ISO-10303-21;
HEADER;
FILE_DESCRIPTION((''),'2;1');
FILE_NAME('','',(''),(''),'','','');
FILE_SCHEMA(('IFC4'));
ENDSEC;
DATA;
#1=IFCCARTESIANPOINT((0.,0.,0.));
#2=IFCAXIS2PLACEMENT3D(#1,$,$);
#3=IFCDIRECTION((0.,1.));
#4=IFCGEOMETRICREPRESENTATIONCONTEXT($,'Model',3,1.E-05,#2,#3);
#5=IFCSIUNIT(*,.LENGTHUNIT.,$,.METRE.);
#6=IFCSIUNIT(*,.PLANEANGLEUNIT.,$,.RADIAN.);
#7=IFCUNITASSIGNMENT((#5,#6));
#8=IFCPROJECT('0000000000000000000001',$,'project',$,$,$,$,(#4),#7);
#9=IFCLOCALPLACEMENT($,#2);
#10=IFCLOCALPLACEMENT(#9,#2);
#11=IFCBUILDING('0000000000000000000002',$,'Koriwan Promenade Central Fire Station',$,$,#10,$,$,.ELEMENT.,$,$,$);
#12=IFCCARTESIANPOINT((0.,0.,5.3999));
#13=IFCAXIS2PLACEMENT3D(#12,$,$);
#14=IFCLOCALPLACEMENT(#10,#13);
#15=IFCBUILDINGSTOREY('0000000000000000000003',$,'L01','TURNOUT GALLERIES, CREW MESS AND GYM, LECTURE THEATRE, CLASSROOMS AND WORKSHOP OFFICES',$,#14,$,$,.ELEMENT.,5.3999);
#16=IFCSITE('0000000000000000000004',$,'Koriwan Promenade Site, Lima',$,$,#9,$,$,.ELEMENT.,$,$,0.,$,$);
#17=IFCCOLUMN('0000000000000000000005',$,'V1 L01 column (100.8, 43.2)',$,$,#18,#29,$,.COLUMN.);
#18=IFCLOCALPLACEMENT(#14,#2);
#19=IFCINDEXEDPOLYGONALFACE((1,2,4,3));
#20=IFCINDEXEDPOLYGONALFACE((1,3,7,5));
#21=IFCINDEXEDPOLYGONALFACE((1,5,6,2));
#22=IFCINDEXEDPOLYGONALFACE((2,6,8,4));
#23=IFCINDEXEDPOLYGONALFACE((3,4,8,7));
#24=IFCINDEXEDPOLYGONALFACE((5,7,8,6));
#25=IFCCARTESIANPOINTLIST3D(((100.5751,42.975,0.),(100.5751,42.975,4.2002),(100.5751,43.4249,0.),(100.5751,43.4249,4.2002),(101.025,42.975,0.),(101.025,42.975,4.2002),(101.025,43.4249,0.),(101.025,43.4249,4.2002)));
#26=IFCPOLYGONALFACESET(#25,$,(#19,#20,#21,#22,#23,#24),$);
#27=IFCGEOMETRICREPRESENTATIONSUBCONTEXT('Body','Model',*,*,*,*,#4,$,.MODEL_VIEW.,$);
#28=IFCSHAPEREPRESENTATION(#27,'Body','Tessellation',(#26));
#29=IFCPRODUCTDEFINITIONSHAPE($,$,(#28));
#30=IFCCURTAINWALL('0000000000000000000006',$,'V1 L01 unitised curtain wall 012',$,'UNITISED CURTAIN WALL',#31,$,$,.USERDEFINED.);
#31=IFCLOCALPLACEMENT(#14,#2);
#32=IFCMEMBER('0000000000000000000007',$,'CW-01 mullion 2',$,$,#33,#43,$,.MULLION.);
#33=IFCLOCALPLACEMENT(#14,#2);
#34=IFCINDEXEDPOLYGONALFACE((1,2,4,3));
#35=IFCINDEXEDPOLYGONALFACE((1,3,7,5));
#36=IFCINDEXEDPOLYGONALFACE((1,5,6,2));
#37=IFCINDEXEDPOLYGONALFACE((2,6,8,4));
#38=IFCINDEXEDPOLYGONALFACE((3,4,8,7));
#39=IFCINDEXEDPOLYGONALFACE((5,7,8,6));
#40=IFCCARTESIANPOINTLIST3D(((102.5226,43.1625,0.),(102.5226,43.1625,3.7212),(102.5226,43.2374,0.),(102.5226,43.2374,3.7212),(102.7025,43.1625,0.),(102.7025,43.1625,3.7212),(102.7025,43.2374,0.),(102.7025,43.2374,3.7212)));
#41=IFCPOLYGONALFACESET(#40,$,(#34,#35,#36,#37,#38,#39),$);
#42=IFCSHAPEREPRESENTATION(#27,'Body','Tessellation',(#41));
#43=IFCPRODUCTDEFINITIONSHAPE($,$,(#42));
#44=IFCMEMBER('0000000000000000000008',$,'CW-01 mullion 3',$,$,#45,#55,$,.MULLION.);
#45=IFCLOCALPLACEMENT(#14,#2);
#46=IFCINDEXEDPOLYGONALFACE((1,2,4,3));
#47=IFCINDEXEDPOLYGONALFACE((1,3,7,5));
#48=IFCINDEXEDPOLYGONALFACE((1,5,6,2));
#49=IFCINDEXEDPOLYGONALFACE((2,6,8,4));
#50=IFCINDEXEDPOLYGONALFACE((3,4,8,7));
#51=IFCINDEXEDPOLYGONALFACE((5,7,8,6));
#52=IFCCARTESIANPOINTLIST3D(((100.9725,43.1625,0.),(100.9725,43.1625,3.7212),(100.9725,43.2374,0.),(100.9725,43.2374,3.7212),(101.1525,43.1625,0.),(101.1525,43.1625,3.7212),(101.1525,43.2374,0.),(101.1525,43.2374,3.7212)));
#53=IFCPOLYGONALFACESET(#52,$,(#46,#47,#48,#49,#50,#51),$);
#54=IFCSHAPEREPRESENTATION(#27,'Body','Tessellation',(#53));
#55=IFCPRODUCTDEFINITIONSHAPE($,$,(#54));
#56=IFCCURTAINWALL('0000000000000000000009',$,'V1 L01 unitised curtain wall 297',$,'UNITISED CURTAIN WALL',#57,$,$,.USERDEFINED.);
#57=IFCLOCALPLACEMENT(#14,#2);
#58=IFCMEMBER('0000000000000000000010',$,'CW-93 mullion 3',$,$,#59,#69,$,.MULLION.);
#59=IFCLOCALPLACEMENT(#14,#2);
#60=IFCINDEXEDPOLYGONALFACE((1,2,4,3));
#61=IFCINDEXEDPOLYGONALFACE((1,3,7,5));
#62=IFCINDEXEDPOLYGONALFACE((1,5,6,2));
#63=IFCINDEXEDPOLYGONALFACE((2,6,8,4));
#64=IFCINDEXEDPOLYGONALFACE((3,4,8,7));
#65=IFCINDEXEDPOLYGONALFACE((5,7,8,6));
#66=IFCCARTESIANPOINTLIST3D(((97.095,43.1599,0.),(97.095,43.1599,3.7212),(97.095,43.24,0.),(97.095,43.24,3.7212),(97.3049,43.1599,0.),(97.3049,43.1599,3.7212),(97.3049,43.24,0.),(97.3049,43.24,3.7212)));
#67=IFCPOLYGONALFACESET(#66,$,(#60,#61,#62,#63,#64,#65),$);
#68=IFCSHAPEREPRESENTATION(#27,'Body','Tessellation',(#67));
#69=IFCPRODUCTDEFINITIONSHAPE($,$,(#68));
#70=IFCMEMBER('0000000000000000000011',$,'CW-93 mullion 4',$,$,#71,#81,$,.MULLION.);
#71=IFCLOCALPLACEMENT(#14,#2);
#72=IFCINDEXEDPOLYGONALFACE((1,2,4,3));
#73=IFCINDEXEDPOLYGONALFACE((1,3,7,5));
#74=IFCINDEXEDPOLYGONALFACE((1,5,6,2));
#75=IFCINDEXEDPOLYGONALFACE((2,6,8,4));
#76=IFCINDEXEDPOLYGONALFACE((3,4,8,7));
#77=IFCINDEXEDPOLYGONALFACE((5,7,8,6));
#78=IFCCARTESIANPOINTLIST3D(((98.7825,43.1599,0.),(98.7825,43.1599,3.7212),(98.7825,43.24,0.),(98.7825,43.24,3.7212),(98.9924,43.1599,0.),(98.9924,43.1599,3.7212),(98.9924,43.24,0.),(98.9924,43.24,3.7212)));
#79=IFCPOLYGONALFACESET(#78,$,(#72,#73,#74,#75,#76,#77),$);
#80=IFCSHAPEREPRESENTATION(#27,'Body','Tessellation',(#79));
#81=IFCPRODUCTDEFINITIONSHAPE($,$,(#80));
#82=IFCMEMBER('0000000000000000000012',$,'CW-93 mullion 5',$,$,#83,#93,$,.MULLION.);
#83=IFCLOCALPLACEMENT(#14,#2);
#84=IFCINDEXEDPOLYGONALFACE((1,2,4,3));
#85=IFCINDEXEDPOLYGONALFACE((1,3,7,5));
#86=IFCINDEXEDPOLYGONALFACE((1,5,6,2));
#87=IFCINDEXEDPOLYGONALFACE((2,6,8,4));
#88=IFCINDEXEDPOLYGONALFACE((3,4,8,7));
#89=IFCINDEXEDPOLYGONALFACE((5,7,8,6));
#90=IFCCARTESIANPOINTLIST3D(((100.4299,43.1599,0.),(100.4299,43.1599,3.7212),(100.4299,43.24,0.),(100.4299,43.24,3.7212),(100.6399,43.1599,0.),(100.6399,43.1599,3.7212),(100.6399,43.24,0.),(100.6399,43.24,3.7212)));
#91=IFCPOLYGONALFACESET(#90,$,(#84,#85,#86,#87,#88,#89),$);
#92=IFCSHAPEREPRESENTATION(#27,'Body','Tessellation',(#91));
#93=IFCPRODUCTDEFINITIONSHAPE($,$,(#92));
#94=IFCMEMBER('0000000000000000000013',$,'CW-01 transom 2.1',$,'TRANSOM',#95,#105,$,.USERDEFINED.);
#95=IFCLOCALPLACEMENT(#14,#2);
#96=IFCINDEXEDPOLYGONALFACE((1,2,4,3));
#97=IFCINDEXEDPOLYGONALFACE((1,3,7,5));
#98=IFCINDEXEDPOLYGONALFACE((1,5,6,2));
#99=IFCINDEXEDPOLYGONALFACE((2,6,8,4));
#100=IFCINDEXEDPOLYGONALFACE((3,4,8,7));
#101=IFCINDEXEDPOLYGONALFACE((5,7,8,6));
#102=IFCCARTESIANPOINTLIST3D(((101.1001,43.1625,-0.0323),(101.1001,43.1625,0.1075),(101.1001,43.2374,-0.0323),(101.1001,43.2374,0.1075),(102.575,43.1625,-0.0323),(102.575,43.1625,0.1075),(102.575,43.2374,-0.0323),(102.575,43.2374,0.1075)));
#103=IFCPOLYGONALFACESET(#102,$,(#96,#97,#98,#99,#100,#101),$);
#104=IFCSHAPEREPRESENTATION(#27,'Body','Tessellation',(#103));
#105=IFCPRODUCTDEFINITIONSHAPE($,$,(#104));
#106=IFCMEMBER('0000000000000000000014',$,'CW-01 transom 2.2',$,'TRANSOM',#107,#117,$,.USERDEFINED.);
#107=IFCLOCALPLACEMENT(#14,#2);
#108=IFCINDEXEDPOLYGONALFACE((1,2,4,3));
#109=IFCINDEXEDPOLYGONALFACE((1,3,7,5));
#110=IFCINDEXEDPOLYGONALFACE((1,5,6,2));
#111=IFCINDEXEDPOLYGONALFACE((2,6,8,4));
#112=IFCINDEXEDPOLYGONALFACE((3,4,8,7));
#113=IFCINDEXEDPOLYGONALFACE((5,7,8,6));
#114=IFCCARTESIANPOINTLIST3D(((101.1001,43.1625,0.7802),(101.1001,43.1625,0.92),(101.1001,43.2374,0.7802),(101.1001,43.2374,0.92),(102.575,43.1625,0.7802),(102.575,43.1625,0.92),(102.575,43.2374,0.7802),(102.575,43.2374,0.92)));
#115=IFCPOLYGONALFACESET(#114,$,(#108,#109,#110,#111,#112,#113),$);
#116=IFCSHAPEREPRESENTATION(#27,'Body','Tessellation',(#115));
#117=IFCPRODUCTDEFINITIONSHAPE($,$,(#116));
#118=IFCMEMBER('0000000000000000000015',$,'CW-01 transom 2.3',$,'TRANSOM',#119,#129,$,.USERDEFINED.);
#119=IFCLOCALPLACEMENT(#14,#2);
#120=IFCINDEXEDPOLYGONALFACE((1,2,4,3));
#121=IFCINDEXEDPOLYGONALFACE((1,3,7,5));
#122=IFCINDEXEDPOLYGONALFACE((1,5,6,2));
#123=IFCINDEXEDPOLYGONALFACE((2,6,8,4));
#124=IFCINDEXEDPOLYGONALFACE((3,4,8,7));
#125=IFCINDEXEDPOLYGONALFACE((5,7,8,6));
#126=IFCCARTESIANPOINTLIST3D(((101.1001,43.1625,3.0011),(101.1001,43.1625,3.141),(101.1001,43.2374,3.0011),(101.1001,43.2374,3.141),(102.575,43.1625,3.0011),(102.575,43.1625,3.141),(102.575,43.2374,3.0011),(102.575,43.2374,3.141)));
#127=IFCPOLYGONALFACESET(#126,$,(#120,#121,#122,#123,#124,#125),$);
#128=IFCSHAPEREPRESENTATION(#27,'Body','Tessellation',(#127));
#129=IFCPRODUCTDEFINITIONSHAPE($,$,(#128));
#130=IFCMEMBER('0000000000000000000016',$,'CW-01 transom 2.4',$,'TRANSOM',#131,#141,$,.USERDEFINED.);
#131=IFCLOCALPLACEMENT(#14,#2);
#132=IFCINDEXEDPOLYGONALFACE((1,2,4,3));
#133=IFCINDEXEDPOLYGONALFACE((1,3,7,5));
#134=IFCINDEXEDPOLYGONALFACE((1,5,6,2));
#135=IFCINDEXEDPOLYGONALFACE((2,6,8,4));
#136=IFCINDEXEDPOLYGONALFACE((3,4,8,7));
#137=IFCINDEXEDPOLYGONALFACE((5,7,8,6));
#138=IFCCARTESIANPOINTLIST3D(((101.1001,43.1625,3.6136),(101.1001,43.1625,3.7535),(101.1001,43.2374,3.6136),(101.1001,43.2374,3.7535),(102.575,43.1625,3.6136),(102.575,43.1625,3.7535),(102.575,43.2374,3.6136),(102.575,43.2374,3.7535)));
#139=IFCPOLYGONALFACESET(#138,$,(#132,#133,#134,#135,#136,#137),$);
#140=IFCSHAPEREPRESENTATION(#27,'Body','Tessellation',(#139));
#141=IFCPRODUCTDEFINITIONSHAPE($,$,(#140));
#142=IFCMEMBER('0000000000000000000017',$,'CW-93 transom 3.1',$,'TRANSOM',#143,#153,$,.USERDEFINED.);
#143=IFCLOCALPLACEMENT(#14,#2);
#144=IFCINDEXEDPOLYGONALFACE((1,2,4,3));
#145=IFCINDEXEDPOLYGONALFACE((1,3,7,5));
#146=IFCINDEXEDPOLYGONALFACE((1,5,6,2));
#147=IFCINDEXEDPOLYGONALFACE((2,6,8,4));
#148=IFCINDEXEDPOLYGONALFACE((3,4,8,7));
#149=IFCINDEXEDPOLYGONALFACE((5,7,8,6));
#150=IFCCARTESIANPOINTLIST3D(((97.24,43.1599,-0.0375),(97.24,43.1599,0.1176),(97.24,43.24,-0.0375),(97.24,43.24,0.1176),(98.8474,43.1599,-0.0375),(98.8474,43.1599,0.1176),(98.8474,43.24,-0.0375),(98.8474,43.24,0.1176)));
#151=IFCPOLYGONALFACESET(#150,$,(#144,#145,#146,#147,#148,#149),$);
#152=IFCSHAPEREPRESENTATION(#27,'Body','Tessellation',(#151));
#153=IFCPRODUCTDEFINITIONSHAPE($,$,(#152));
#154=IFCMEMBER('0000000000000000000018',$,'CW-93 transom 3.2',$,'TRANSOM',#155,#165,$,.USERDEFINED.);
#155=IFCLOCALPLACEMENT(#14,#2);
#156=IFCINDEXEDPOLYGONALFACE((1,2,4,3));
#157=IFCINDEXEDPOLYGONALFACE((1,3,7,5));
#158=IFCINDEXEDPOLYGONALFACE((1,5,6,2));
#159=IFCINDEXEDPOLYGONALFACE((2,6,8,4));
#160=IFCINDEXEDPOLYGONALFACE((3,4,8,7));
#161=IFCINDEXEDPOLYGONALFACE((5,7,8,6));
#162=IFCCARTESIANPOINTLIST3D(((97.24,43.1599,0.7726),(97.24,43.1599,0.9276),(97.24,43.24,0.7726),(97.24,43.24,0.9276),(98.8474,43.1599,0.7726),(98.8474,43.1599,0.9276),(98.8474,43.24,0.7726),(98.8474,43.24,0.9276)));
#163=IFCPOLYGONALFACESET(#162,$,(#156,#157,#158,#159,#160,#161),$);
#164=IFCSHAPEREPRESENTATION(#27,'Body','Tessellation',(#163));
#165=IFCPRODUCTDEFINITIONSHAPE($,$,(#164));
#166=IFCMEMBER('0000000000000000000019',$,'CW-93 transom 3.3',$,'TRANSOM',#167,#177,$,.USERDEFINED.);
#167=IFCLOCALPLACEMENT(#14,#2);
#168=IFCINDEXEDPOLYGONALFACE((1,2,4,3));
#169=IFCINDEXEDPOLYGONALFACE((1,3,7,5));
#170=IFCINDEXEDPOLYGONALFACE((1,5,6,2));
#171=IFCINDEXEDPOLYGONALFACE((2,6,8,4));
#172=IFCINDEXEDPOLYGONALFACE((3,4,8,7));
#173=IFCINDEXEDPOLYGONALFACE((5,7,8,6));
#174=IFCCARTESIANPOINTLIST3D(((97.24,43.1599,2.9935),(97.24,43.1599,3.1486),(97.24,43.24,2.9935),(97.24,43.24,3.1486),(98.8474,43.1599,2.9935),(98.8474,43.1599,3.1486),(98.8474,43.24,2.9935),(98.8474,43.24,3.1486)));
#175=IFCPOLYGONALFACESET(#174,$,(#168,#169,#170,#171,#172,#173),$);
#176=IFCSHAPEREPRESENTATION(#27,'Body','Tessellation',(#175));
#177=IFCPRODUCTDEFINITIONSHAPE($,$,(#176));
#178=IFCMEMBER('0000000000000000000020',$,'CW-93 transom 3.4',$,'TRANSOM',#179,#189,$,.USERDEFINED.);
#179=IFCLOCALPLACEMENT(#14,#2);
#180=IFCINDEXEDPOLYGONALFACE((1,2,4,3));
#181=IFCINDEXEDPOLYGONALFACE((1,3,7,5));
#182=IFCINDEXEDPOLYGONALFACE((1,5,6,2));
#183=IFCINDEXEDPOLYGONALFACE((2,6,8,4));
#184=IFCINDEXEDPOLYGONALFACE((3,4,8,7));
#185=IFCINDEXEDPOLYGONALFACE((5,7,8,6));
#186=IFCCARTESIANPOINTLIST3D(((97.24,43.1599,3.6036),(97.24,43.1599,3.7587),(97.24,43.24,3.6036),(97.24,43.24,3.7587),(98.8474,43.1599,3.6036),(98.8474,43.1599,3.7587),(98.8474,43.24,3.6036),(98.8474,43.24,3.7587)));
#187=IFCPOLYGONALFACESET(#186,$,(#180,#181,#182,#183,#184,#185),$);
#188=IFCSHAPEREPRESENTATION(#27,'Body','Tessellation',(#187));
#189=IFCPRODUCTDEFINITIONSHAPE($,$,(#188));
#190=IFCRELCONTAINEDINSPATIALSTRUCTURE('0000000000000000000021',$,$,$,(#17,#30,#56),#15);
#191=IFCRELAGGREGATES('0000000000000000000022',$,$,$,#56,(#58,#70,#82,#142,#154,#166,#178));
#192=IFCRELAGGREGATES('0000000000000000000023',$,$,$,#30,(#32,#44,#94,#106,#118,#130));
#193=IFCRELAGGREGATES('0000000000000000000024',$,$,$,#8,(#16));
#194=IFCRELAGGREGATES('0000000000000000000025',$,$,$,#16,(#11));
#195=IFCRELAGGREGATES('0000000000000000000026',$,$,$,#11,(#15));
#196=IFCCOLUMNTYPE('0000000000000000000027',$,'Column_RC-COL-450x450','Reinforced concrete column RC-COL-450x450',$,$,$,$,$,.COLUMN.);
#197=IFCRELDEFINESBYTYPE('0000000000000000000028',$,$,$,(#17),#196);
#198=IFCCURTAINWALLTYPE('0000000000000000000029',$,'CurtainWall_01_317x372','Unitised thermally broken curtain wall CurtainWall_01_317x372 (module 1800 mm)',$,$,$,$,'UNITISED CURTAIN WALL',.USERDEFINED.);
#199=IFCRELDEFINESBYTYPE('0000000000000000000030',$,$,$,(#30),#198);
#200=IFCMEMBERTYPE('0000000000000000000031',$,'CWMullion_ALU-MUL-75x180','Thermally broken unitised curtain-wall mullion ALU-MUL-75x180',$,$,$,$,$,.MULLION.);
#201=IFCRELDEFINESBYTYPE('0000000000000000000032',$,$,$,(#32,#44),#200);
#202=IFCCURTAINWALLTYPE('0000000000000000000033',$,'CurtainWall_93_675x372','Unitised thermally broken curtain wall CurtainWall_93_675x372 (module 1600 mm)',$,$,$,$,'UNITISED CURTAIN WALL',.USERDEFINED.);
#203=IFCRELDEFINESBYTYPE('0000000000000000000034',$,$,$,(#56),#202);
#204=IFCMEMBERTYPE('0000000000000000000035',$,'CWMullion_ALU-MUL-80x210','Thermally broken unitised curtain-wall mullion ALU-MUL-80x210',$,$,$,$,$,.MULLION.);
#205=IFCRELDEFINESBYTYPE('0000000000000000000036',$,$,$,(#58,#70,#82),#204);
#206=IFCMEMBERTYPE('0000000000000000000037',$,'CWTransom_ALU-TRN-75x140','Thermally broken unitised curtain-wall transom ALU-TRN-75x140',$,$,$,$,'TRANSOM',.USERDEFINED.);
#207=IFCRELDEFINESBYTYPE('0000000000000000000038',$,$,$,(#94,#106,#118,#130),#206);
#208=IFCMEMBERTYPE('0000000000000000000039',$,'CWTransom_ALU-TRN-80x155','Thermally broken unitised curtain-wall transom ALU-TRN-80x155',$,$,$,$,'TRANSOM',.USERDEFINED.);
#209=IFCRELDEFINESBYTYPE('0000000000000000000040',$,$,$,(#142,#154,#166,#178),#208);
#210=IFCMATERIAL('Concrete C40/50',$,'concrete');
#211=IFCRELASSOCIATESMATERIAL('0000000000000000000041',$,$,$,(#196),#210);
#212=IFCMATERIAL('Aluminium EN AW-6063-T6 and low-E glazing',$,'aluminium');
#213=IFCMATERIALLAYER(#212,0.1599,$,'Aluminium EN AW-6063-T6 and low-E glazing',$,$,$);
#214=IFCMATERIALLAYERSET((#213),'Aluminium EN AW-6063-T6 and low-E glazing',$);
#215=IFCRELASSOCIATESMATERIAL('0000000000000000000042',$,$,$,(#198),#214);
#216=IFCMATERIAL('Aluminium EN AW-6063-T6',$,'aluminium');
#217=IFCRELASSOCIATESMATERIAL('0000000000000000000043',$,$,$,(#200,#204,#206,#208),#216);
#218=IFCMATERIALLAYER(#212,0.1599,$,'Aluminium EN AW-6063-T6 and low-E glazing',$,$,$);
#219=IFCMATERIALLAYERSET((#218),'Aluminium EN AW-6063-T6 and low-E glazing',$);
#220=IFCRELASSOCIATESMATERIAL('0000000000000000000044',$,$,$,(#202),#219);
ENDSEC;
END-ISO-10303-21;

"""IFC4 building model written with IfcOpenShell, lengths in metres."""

from ifc_helpers import new_model, si_unit, direction, frame, origin, origin_2d, place, context, subcontext, project, spatial, rectangle, extrude, material, layer, layer_set, material_profile, profile_set, type_object, element, aggregate, save


model = new_model("IFC4")

# Units and contexts
model_context = context("Model", 3, precision=1e-05, world=origin(), true_north=direction((0.0, 1.0)))
body_context = subcontext(model_context, "Body", "Model", "MODEL_VIEW")
ifc_project = project(units=[si_unit("LENGTHUNIT", "METRE"), si_unit("PLANEANGLEUNIT", "RADIAN")], contexts=[model_context])

# Site, building, storey
site_placement = place(None, origin())
site = spatial("IfcSite", under=ifc_project, at=site_placement, Name="Koriwan Promenade Site, Lima", CompositionType="ELEMENT", RefElevation=0.0)
building_placement = place(site_placement, origin())
building = spatial("IfcBuilding", under=site, at=building_placement, Name="Koriwan Promenade Central Fire Station", CompositionType="ELEMENT")
storey_placement = place(building_placement, frame((0.0, 0.0, 5.3999)))
storey = spatial("IfcBuildingStorey", under=building, at=storey_placement, Name="L01", Description="TURNOUT GALLERIES, CREW MESS AND GYM, LECTURE THEATRE, CLASSROOMS AND WORKSHOP OFFICES", CompositionType="ELEMENT", Elevation=5.3999)

# Column
ifc_material_1 = material(Name="Concrete C40/50", Category="concrete")
ifc_material_profile_1 = material_profile(ifc_material_1, rectangle(XDim=0.45, YDim=0.45, at=origin_2d()), Name="RC-COL-450x450")
ifc_profile_set_1 = profile_set([ifc_material_profile_1], Name="Concrete C40/50")
column_type = type_object("IfcColumnType", Name="Column_RC-COL-450x450", Description="Reinforced concrete column RC-COL-450x450", PredefinedType="COLUMN", material=ifc_profile_set_1)
column_placement = place(storey_placement, frame((100.8, 43.2, 0.0), z_axis=(0.0, 0.0, 1.0), x_axis=(1.0, 0.0, 0.0)))
element("IfcColumn", 1, at=column_placement, inside=storey, type_object=column_type, Name="V1 L01 column (100.8, 43.2)", PredefinedType="COLUMN", context=body_context, shape_type="SweptSolid", body=[
    extrude(rectangle(XDim=0.45, YDim=0.45, at=origin_2d()), origin(), (0.0, 0.0, 1.0), 4.2002),
])

# Curtain walls, members
ifc_material_2 = material(Name="Aluminium EN AW-6063-T6 and low-E glazing", Category="aluminium")
ifc_layer_1 = layer(ifc_material_2, 0.1599, Name="Aluminium EN AW-6063-T6 and low-E glazing")
ifc_layer_set_1 = layer_set([ifc_layer_1], Name="Aluminium EN AW-6063-T6 and low-E glazing")
curtain_wall_type_1 = type_object("IfcCurtainWallType", Name="CurtainWall_01_317x372", Description="Unitised thermally broken curtain wall CurtainWall_01_317x372 (module 1800 mm)", ElementType="UNITISED CURTAIN WALL", PredefinedType="USERDEFINED", material=ifc_layer_set_1)
curtain_wall_1_placement = place(storey_placement, origin())
curtain_wall_1 = element("IfcCurtainWall", 2, at=curtain_wall_1_placement, inside=storey, type_object=curtain_wall_type_1, Name="V1 L01 unitised curtain wall 012", ObjectType="UNITISED CURTAIN WALL", PredefinedType="USERDEFINED")
ifc_material_3 = material(Name="Aluminium EN AW-6063-T6", Category="aluminium")
ifc_material_profile_2 = material_profile(ifc_material_3, rectangle(XDim=0.075, YDim=0.1799, at=origin_2d()), Name="ALU-MUL-75x180")
ifc_profile_set_2 = profile_set([ifc_material_profile_2], Name="Aluminium EN AW-6063-T6")
member_type_1 = type_object("IfcMemberType", Name="CWMullion_ALU-MUL-75x180", Description="Thermally broken unitised curtain-wall mullion ALU-MUL-75x180", PredefinedType="MULLION", material=ifc_profile_set_2)
member_1_placement = place(storey_placement, frame((102.6125, 43.2, 0.0), z_axis=(0.0, 0.0, 1.0), x_axis=(0.0, -1.0, 0.0)))
member_1 = element("IfcMember", 3, at=member_1_placement, type_object=member_type_1, Name="CW-01 mullion 2", PredefinedType="MULLION", context=body_context, shape_type="SweptSolid", body=[
    extrude(rectangle(XDim=0.075, YDim=0.1799, at=origin_2d()), origin(), (0.0, 0.0, 1.0), 3.7212),
])
member_2_placement = place(storey_placement, frame((101.0625, 43.2, 0.0), z_axis=(0.0, 0.0, 1.0), x_axis=(0.0, -1.0, 0.0)))
member_2 = element("IfcMember", 4, at=member_2_placement, type_object=member_type_1, Name="CW-01 mullion 3", PredefinedType="MULLION", context=body_context, shape_type="SweptSolid", body=[
    extrude(rectangle(XDim=0.075, YDim=0.1799, at=origin_2d()), origin(), (0.0, 0.0, 1.0), 3.7212),
])
ifc_layer_2 = layer(ifc_material_2, 0.1599, Name="Aluminium EN AW-6063-T6 and low-E glazing")
ifc_layer_set_2 = layer_set([ifc_layer_2], Name="Aluminium EN AW-6063-T6 and low-E glazing")
curtain_wall_type_2 = type_object("IfcCurtainWallType", Name="CurtainWall_93_675x372", Description="Unitised thermally broken curtain wall CurtainWall_93_675x372 (module 1600 mm)", ElementType="UNITISED CURTAIN WALL", PredefinedType="USERDEFINED", material=ifc_layer_set_2)
curtain_wall_2_placement = place(storey_placement, origin())
curtain_wall_2 = element("IfcCurtainWall", 5, at=curtain_wall_2_placement, inside=storey, type_object=curtain_wall_type_2, Name="V1 L01 unitised curtain wall 297", ObjectType="UNITISED CURTAIN WALL", PredefinedType="USERDEFINED")
ifc_material_profile_3 = material_profile(ifc_material_3, rectangle(XDim=0.0801, YDim=0.21, at=origin_2d()), Name="ALU-MUL-80x210")
ifc_profile_set_3 = profile_set([ifc_material_profile_3], Name="Aluminium EN AW-6063-T6")
member_type_2 = type_object("IfcMemberType", Name="CWMullion_ALU-MUL-80x210", Description="Thermally broken unitised curtain-wall mullion ALU-MUL-80x210", PredefinedType="MULLION", material=ifc_profile_set_3)
member_3_placement = place(storey_placement, frame((97.2, 43.2, 0.0), z_axis=(0.0, 0.0, 1.0), x_axis=(0.0, 1.0, 0.0)))
member_3 = element("IfcMember", 6, at=member_3_placement, type_object=member_type_2, Name="CW-93 mullion 3", PredefinedType="MULLION", context=body_context, shape_type="SweptSolid", body=[
    extrude(rectangle(XDim=0.0801, YDim=0.21, at=origin_2d()), origin(), (0.0, 0.0, 1.0), 3.7212),
])
member_4_placement = place(storey_placement, frame((98.8875, 43.2, 0.0), z_axis=(0.0, 0.0, 1.0), x_axis=(0.0, 1.0, 0.0)))
member_4 = element("IfcMember", 7, at=member_4_placement, type_object=member_type_2, Name="CW-93 mullion 4", PredefinedType="MULLION", context=body_context, shape_type="SweptSolid", body=[
    extrude(rectangle(XDim=0.0801, YDim=0.21, at=origin_2d()), origin(), (0.0, 0.0, 1.0), 3.7212),
])
member_5_placement = place(storey_placement, frame((100.5349, 43.2, 0.0), z_axis=(0.0, 0.0, 1.0), x_axis=(0.0, 1.0, 0.0)))
member_5 = element("IfcMember", 8, at=member_5_placement, type_object=member_type_2, Name="CW-93 mullion 5", PredefinedType="MULLION", context=body_context, shape_type="SweptSolid", body=[
    extrude(rectangle(XDim=0.0801, YDim=0.21, at=origin_2d()), origin(), (0.0, 0.0, 1.0), 3.7212),
])

# Members
ifc_material_profile_4 = material_profile(ifc_material_3, rectangle(XDim=0.075, YDim=0.1399, at=origin_2d()), Name="ALU-TRN-75x140")
ifc_profile_set_4 = profile_set([ifc_material_profile_4], Name="Aluminium EN AW-6063-T6")
member_type_3 = type_object("IfcMemberType", Name="CWTransom_ALU-TRN-75x140", Description="Thermally broken unitised curtain-wall transom ALU-TRN-75x140", ElementType="TRANSOM", PredefinedType="USERDEFINED", material=ifc_profile_set_4)
member_6_placement = place(storey_placement, frame((102.575, 43.2, 0.0376), z_axis=(-1.0, 0.0, 0.0), x_axis=(0.0, -1.0, 0.0)))
member_6 = element("IfcMember", 9, at=member_6_placement, type_object=member_type_3, Name="CW-01 transom 2.1", ObjectType="TRANSOM", PredefinedType="USERDEFINED", context=body_context, shape_type="SweptSolid", body=[
    extrude(rectangle(XDim=0.075, YDim=0.1399, at=origin_2d()), origin(), (0.0, 0.0, 1.0), 1.4749),
])
member_7_placement = place(storey_placement, frame((102.575, 43.2, 0.8501), z_axis=(-1.0, 0.0, 0.0), x_axis=(0.0, -1.0, 0.0)))
member_7 = element("IfcMember", 10, at=member_7_placement, type_object=member_type_3, Name="CW-01 transom 2.2", ObjectType="TRANSOM", PredefinedType="USERDEFINED", context=body_context, shape_type="SweptSolid", body=[
    extrude(rectangle(XDim=0.075, YDim=0.1399, at=origin_2d()), origin(), (0.0, 0.0, 1.0), 1.4749),
])
member_8_placement = place(storey_placement, frame((102.575, 43.2, 3.071), z_axis=(-1.0, 0.0, 0.0), x_axis=(0.0, -1.0, 0.0)))
member_8 = element("IfcMember", 11, at=member_8_placement, type_object=member_type_3, Name="CW-01 transom 2.3", ObjectType="TRANSOM", PredefinedType="USERDEFINED", context=body_context, shape_type="SweptSolid", body=[
    extrude(rectangle(XDim=0.075, YDim=0.1399, at=origin_2d()), origin(), (0.0, 0.0, 1.0), 1.4749),
])
member_9_placement = place(storey_placement, frame((102.575, 43.2, 3.6836), z_axis=(-1.0, 0.0, 0.0), x_axis=(0.0, -1.0, 0.0)))
member_9 = element("IfcMember", 12, at=member_9_placement, type_object=member_type_3, Name="CW-01 transom 2.4", ObjectType="TRANSOM", PredefinedType="USERDEFINED", context=body_context, shape_type="SweptSolid", body=[
    extrude(rectangle(XDim=0.075, YDim=0.1399, at=origin_2d()), origin(), (0.0, 0.0, 1.0), 1.4749),
])
ifc_material_profile_5 = material_profile(ifc_material_3, rectangle(XDim=0.0801, YDim=0.155, at=origin_2d()), Name="ALU-TRN-80x155")
ifc_profile_set_5 = profile_set([ifc_material_profile_5], Name="Aluminium EN AW-6063-T6")
member_type_4 = type_object("IfcMemberType", Name="CWTransom_ALU-TRN-80x155", Description="Thermally broken unitised curtain-wall transom ALU-TRN-80x155", ElementType="TRANSOM", PredefinedType="USERDEFINED", material=ifc_profile_set_5)
member_10_placement = place(storey_placement, frame((97.24, 43.2, 0.04), z_axis=(1.0, 0.0, 0.0), x_axis=(0.0, 1.0, 0.0)))
member_10 = element("IfcMember", 13, at=member_10_placement, type_object=member_type_4, Name="CW-93 transom 3.1", ObjectType="TRANSOM", PredefinedType="USERDEFINED", context=body_context, shape_type="SweptSolid", body=[
    extrude(rectangle(XDim=0.0801, YDim=0.155, at=origin_2d()), origin(), (0.0, 0.0, 1.0), 1.6074),
])
member_11_placement = place(storey_placement, frame((97.24, 43.2, 0.8501), z_axis=(1.0, 0.0, 0.0), x_axis=(0.0, 1.0, 0.0)))
member_11 = element("IfcMember", 14, at=member_11_placement, type_object=member_type_4, Name="CW-93 transom 3.2", ObjectType="TRANSOM", PredefinedType="USERDEFINED", context=body_context, shape_type="SweptSolid", body=[
    extrude(rectangle(XDim=0.0801, YDim=0.155, at=origin_2d()), origin(), (0.0, 0.0, 1.0), 1.6074),
])
member_12_placement = place(storey_placement, frame((97.24, 43.2, 3.071), z_axis=(1.0, 0.0, 0.0), x_axis=(0.0, 1.0, 0.0)))
member_12 = element("IfcMember", 15, at=member_12_placement, type_object=member_type_4, Name="CW-93 transom 3.3", ObjectType="TRANSOM", PredefinedType="USERDEFINED", context=body_context, shape_type="SweptSolid", body=[
    extrude(rectangle(XDim=0.0801, YDim=0.155, at=origin_2d()), origin(), (0.0, 0.0, 1.0), 1.6074),
])
member_13_placement = place(storey_placement, frame((97.24, 43.2, 3.6812), z_axis=(1.0, 0.0, 0.0), x_axis=(0.0, 1.0, 0.0)))
member_13 = element("IfcMember", 16, at=member_13_placement, type_object=member_type_4, Name="CW-93 transom 3.4", ObjectType="TRANSOM", PredefinedType="USERDEFINED", context=body_context, shape_type="SweptSolid", body=[
    extrude(rectangle(XDim=0.0801, YDim=0.155, at=origin_2d()), origin(), (0.0, 0.0, 1.0), 1.6074),
])

aggregate(curtain_wall_2, [member_3, member_4, member_5, member_10, member_11, member_12, member_13])
aggregate(curtain_wall_1, [member_1, member_2, member_6, member_7, member_8, member_9])

save(model, "model.ifc")
